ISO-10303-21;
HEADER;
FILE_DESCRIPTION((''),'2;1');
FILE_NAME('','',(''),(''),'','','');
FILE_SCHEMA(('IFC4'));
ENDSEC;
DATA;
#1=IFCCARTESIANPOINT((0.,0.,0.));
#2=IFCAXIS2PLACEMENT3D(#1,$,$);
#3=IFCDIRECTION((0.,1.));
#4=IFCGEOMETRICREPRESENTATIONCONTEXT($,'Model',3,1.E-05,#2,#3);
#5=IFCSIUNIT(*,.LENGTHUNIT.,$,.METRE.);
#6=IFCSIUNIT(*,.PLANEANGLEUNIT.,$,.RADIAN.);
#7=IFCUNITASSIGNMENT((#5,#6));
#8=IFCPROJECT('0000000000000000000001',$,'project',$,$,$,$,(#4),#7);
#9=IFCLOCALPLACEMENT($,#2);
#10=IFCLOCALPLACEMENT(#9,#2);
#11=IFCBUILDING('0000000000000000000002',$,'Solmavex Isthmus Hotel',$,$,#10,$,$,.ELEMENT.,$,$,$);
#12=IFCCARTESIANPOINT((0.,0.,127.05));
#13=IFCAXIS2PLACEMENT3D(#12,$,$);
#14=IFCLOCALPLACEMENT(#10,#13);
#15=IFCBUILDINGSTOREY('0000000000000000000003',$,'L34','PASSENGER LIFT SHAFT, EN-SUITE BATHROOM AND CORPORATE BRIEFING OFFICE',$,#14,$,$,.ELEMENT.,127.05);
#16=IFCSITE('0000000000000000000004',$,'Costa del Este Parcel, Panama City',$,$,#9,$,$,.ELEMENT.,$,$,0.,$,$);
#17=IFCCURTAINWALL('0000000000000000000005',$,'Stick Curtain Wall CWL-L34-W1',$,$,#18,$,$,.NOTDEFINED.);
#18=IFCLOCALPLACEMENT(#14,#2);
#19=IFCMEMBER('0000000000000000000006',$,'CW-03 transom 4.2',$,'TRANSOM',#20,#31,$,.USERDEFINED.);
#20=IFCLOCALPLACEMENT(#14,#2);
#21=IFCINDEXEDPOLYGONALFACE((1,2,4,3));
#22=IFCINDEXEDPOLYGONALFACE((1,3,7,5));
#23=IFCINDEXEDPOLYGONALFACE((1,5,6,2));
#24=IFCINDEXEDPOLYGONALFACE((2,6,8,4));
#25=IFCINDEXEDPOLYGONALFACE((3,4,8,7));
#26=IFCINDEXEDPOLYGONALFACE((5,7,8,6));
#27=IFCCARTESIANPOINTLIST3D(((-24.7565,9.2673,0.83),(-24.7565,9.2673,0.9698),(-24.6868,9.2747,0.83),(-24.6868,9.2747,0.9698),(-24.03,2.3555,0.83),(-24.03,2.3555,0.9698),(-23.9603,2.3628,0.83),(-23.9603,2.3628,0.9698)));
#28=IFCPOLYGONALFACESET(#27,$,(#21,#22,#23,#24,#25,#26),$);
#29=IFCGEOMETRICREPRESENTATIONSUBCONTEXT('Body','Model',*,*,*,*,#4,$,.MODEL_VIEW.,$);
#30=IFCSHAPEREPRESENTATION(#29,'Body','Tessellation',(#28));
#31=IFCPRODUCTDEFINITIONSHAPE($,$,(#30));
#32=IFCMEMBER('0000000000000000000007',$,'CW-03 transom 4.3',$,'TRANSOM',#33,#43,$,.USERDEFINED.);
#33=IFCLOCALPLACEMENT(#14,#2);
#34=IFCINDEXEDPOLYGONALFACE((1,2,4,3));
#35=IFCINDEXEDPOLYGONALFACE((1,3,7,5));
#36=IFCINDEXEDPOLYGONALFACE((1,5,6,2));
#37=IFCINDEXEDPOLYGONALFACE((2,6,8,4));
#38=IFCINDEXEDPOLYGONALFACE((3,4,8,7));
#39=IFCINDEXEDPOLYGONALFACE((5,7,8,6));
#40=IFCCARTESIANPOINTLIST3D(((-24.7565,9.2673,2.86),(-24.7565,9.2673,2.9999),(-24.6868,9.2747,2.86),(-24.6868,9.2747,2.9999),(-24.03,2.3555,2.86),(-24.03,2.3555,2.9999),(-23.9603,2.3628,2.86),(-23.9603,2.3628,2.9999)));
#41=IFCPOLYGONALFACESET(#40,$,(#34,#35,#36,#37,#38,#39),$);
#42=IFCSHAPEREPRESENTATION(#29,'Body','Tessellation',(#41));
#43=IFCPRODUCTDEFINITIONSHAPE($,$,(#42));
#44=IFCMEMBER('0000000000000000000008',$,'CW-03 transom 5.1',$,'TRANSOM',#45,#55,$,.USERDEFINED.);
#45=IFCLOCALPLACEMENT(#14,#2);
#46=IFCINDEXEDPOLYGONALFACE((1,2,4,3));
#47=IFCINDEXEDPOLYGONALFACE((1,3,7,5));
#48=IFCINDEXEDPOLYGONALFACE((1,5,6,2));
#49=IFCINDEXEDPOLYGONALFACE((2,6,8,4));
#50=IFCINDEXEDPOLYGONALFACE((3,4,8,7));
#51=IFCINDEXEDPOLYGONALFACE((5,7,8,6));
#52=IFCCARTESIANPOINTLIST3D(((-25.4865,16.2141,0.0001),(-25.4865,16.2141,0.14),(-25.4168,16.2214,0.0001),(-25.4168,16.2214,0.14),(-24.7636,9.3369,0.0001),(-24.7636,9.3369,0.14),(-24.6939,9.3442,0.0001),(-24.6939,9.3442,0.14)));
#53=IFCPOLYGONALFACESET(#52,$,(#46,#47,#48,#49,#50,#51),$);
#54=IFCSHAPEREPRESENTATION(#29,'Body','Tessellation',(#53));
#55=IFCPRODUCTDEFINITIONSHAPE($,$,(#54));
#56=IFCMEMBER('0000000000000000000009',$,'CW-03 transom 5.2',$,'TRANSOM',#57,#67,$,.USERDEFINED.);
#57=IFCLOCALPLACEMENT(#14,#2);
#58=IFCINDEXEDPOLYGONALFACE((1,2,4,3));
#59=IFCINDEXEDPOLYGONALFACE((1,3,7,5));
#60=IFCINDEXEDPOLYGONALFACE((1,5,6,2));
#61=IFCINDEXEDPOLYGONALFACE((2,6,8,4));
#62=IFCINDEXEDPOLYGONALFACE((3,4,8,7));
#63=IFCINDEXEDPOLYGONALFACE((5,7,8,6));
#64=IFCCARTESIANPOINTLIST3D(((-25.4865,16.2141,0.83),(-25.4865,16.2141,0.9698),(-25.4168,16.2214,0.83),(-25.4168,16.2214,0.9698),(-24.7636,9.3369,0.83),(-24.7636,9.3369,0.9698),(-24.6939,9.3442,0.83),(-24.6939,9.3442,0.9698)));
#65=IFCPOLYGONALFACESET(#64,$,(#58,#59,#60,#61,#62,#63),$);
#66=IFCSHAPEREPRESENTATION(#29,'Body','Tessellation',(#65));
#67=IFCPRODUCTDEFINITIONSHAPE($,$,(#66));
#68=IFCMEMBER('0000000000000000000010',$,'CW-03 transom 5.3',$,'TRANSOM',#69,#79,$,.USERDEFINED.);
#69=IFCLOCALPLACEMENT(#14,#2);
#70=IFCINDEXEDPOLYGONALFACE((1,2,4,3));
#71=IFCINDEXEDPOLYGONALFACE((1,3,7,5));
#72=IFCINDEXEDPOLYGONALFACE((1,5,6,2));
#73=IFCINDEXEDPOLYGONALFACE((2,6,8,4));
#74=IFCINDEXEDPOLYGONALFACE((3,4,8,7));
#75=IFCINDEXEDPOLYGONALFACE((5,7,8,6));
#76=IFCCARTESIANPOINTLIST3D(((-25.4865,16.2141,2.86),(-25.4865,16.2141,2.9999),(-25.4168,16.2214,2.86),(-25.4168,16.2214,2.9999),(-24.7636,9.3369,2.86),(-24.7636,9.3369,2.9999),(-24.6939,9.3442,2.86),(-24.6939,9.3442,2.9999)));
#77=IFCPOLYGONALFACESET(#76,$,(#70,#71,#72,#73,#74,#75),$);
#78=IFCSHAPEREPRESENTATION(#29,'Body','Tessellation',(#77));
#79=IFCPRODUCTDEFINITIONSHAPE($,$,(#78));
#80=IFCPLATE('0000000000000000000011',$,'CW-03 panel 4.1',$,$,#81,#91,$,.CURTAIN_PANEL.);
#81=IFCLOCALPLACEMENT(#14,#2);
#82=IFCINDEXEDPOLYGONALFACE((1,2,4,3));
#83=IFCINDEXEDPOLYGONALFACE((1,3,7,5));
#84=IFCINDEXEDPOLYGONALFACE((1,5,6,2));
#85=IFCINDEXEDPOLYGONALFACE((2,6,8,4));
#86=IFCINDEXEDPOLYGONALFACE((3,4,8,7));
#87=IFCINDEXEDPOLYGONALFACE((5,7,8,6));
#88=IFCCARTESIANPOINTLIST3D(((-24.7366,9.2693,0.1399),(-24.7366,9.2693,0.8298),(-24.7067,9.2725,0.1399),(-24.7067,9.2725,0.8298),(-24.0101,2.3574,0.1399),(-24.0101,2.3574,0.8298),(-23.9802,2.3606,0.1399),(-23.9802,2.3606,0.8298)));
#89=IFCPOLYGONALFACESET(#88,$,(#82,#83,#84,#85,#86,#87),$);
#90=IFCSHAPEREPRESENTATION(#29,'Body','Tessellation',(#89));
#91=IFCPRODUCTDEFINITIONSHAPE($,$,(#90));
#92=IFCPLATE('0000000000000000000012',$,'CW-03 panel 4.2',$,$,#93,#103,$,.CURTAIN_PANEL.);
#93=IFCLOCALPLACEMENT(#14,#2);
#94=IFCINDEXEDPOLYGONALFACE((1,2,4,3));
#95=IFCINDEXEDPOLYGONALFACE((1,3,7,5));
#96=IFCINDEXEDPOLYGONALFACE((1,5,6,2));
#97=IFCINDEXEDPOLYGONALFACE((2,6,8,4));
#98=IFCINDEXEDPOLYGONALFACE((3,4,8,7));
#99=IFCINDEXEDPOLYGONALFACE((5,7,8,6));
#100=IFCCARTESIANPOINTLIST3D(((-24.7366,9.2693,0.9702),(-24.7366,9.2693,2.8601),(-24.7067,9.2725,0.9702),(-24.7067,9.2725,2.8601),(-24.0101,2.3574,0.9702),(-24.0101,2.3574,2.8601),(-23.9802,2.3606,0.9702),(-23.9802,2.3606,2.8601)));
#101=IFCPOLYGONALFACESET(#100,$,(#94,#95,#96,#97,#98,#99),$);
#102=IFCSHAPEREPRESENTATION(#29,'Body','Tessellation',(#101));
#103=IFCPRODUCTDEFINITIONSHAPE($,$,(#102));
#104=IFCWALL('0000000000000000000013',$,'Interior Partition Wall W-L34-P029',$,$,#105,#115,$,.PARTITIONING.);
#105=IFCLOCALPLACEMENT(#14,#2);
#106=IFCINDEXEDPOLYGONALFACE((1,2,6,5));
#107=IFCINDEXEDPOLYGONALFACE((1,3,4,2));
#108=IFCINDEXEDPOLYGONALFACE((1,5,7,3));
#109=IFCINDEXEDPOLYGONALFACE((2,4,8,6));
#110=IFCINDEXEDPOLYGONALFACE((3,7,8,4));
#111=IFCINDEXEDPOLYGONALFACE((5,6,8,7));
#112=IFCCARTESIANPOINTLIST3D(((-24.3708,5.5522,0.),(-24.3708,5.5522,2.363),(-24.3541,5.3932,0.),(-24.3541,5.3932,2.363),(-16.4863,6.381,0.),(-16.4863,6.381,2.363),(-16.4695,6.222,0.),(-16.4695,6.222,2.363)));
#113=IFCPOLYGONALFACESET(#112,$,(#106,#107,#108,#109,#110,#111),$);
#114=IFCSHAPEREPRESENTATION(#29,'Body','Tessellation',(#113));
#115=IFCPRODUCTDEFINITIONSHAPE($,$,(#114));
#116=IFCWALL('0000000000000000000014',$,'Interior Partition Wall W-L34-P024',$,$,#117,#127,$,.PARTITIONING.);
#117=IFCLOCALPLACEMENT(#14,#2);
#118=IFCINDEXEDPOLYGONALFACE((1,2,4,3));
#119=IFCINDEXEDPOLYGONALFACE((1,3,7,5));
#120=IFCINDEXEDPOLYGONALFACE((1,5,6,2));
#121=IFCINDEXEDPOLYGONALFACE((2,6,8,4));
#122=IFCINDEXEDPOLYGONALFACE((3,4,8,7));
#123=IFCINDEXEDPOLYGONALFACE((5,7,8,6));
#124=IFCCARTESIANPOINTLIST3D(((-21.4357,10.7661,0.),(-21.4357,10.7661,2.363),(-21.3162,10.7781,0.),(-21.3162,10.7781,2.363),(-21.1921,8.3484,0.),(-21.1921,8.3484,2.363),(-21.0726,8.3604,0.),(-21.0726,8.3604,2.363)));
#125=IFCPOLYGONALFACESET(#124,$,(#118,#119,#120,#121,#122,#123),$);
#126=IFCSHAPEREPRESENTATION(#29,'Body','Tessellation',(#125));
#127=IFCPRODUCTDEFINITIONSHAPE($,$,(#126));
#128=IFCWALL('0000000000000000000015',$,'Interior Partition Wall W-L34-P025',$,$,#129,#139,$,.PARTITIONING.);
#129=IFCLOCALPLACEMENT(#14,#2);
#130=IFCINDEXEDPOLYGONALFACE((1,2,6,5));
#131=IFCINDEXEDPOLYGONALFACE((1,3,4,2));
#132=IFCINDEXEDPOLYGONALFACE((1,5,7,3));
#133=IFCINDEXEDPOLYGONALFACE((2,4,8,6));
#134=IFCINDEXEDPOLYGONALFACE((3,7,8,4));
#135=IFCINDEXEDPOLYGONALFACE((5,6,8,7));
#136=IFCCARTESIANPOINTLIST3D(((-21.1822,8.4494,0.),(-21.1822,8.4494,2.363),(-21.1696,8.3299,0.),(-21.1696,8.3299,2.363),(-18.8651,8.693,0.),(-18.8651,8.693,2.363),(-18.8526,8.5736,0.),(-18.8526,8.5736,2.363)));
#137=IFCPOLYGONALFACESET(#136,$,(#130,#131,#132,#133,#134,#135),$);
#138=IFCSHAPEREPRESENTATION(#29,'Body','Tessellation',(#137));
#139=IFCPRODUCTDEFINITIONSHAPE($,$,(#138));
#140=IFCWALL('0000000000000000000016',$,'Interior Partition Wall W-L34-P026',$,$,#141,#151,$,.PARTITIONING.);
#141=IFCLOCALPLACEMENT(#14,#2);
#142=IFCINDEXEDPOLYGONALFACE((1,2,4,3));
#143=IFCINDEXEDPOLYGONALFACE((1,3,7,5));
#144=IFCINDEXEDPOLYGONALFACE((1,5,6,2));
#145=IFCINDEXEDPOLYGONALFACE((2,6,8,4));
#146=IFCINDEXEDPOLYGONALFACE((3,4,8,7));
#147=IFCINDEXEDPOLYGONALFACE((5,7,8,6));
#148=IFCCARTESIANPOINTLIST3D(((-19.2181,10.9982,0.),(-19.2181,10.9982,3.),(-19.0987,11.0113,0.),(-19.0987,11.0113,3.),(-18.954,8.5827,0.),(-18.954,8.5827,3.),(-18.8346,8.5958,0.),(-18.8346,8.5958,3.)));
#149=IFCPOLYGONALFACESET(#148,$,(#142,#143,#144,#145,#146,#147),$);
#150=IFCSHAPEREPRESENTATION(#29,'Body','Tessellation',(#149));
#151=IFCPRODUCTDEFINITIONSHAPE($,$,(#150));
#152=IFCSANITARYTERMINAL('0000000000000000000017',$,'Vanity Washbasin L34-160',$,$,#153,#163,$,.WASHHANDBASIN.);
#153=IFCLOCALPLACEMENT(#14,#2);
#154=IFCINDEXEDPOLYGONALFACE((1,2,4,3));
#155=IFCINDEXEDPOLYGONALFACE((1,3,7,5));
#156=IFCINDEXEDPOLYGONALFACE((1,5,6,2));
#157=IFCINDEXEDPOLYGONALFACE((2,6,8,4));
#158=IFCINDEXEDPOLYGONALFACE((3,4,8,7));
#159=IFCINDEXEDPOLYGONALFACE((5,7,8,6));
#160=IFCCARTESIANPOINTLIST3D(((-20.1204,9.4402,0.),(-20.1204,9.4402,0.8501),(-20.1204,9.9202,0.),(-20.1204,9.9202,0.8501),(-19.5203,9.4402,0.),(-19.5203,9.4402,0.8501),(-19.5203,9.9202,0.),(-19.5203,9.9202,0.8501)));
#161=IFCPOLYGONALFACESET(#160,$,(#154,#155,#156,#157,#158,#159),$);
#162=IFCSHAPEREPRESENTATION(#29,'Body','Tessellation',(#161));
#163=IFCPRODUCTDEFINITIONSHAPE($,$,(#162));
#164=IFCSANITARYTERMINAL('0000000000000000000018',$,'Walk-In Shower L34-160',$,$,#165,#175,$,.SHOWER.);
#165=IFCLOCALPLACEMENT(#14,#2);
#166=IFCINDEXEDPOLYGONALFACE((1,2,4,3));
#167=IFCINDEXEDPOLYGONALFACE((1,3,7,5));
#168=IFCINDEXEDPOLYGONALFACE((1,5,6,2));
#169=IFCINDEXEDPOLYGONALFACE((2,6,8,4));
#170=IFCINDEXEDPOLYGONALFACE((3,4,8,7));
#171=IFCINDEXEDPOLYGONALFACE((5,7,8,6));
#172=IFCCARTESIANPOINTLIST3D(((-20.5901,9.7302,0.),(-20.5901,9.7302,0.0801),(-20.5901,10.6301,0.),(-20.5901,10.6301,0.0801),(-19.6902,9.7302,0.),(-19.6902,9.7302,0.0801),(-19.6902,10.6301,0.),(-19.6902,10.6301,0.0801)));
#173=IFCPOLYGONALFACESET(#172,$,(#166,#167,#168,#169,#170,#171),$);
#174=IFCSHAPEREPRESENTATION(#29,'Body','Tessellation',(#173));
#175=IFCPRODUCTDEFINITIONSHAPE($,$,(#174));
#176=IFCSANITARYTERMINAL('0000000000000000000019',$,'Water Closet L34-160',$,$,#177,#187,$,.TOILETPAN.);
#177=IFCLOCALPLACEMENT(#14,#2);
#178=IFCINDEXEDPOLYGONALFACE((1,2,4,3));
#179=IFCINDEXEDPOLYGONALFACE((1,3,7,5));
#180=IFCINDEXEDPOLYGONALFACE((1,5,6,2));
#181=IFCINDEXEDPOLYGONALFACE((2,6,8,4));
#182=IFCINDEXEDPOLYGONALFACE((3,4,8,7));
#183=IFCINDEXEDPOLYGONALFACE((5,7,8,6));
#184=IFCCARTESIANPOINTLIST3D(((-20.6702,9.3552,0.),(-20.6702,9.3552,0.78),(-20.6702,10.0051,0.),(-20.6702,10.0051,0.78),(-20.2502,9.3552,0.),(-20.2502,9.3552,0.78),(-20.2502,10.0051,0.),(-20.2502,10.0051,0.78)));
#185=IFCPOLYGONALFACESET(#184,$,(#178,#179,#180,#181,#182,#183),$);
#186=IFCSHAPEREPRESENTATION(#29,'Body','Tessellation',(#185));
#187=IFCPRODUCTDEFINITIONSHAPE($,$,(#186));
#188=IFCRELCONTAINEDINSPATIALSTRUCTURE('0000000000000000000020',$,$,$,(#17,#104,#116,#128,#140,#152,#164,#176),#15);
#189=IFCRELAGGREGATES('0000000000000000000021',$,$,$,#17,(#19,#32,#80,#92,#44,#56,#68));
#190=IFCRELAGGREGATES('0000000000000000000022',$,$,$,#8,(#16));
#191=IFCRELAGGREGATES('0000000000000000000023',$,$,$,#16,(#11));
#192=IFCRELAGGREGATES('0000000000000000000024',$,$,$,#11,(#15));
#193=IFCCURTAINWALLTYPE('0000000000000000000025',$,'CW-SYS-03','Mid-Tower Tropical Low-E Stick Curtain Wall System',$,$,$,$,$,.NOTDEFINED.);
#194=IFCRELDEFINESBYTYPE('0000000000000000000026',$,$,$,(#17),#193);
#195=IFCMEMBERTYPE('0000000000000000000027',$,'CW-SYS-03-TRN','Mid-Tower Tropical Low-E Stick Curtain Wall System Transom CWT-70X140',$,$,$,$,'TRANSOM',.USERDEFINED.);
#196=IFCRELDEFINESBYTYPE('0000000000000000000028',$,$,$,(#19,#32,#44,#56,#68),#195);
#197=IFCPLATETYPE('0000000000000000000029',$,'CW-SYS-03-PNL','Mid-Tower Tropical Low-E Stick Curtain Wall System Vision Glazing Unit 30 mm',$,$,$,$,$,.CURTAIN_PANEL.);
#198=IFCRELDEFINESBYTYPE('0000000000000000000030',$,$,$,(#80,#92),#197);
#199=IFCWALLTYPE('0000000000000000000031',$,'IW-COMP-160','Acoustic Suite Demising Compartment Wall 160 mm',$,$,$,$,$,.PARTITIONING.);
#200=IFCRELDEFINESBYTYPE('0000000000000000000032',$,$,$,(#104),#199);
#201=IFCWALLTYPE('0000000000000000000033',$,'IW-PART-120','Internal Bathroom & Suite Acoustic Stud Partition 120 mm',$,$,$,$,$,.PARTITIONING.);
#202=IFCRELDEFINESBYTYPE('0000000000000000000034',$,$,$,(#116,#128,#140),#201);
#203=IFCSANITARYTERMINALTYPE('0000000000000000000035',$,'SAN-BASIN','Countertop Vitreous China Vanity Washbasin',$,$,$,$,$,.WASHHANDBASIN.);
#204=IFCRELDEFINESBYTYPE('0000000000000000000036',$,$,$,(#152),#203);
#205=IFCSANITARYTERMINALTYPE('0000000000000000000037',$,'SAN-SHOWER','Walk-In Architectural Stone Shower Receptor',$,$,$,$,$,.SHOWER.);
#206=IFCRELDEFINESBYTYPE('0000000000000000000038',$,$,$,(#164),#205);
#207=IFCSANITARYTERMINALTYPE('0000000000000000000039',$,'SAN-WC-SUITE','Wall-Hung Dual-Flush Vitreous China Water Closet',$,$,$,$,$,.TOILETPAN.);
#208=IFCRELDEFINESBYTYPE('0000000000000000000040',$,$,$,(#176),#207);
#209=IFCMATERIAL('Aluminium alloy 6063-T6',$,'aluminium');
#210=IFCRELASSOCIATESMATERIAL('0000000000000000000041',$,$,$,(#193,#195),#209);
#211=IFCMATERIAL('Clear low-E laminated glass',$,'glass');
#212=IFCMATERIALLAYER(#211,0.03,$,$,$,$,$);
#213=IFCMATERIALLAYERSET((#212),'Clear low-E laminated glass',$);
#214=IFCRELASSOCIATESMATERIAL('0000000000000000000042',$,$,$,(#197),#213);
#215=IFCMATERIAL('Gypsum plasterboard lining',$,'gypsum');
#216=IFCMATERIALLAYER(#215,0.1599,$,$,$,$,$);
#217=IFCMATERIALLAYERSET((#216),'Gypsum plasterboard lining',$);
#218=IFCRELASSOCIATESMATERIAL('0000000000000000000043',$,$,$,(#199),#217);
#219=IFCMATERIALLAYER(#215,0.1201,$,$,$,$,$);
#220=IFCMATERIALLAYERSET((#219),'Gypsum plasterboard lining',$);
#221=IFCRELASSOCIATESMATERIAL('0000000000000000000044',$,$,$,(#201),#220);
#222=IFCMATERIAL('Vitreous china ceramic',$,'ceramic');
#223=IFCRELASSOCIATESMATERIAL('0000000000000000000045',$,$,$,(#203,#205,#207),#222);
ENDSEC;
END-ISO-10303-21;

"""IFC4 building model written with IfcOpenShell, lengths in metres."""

from ifc_helpers import new_model, si_unit, direction, frame, frame_2d, origin, origin_2d, place, context, subcontext, project, spatial, rectangle, extrude, material, layer, layer_set, material_profile, profile_set, type_object, element, aggregate, save


model = new_model("IFC4")

# Units and contexts
model_context = context("Model", 3, precision=1e-05, world=origin(), true_north=direction((0.0, 1.0)))
body_context = subcontext(model_context, "Body", "Model", "MODEL_VIEW")
ifc_project = project(units=[si_unit("LENGTHUNIT", "METRE"), si_unit("PLANEANGLEUNIT", "RADIAN")], contexts=[model_context])

# Site, building, storey
site_placement = place(None, origin())
site = spatial("IfcSite", under=ifc_project, at=site_placement, Name="Costa del Este Parcel, Panama City", CompositionType="ELEMENT", RefElevation=0.0)
building_placement = place(site_placement, origin())
building = spatial("IfcBuilding", under=site, at=building_placement, Name="Solmavex Isthmus Hotel", CompositionType="ELEMENT")
storey_placement = place(building_placement, frame((0.0, 0.0, 127.05)))
storey = spatial("IfcBuildingStorey", under=building, at=storey_placement, Name="L34", Description="PASSENGER LIFT SHAFT, EN-SUITE BATHROOM AND CORPORATE BRIEFING OFFICE", CompositionType="ELEMENT", Elevation=127.05)

# Curtain wall, members, plates
ifc_material_1 = material(Name="Aluminium alloy 6063-T6", Category="aluminium")
curtain_wall_type = type_object("IfcCurtainWallType", Name="CW-SYS-03", Description="Mid-Tower Tropical Low-E Stick Curtain Wall System", PredefinedType="NOTDEFINED", material=ifc_material_1)
curtain_wall_placement = place(storey_placement, origin())
curtain_wall = element("IfcCurtainWall", 1, at=curtain_wall_placement, inside=storey, type_object=curtain_wall_type, Name="Stick Curtain Wall CWL-L34-W1", PredefinedType="NOTDEFINED")
ifc_material_profile_1 = material_profile(ifc_material_1, rectangle(XDim=0.0701, YDim=0.1399, at=origin_2d()), Name="CWT-70X140")
ifc_profile_set_1 = profile_set([ifc_material_profile_1], Name="Aluminium alloy 6063-T6")
member_type_1 = type_object("IfcMemberType", Name="CW-SYS-03-TRN", Description="Mid-Tower Tropical Low-E Stick Curtain Wall System Transom CWT-70X140", ElementType="TRANSOM", PredefinedType="USERDEFINED", material=ifc_profile_set_1)
member_1_placement = place(storey_placement, frame((-23.9951, 2.3591, 0.8999), z_axis=(-0.104542, 0.99452, 0.0), x_axis=(-0.99452, -0.104542, 0.0)))
member_1 = element("IfcMember", 2, at=member_1_placement, type_object=member_type_1, Name="CW-03 transom 4.2", ObjectType="TRANSOM", PredefinedType="USERDEFINED", context=body_context, shape_type="SweptSolid", body=[
    extrude(rectangle(XDim=0.0701, YDim=0.1399, at=origin_2d()), origin(), (0.0, 0.0, 1.0), 6.95),
])
member_2_placement = place(storey_placement, frame((-23.9951, 2.3591, 2.9299), z_axis=(-0.104542, 0.99452, 0.0), x_axis=(-0.99452, -0.104542, 0.0)))
member_2 = element("IfcMember", 3, at=member_2_placement, type_object=member_type_1, Name="CW-03 transom 4.3", ObjectType="TRANSOM", PredefinedType="USERDEFINED", context=body_context, shape_type="SweptSolid", body=[
    extrude(rectangle(XDim=0.0701, YDim=0.1399, at=origin_2d()), origin(), (0.0, 0.0, 1.0), 6.95),
])
member_3_placement = place(storey_placement, frame((-24.7288, 9.3406, 0.0701), z_axis=(-0.10454, 0.994521, 0.0), x_axis=(-0.994521, -0.10454, 0.0)))
member_3 = element("IfcMember", 4, at=member_3_placement, type_object=member_type_1, Name="CW-03 transom 5.1", ObjectType="TRANSOM", PredefinedType="USERDEFINED", context=body_context, shape_type="SweptSolid", body=[
    extrude(rectangle(XDim=0.0701, YDim=0.1399, at=origin_2d()), origin(), (0.0, 0.0, 1.0), 6.915),
])
member_4_placement = place(storey_placement, frame((-24.7288, 9.3406, 0.8999), z_axis=(-0.10454, 0.994521, 0.0), x_axis=(-0.994521, -0.10454, 0.0)))
member_4 = element("IfcMember", 5, at=member_4_placement, type_object=member_type_1, Name="CW-03 transom 5.2", ObjectType="TRANSOM", PredefinedType="USERDEFINED", context=body_context, shape_type="SweptSolid", body=[
    extrude(rectangle(XDim=0.0701, YDim=0.1399, at=origin_2d()), origin(), (0.0, 0.0, 1.0), 6.915),
])
member_5_placement = place(storey_placement, frame((-24.7288, 9.3406, 2.9299), z_axis=(-0.10454, 0.994521, 0.0), x_axis=(-0.994521, -0.10454, 0.0)))
member_5 = element("IfcMember", 6, at=member_5_placement, type_object=member_type_1, Name="CW-03 transom 5.3", ObjectType="TRANSOM", PredefinedType="USERDEFINED", context=body_context, shape_type="SweptSolid", body=[
    extrude(rectangle(XDim=0.0701, YDim=0.1399, at=origin_2d()), origin(), (0.0, 0.0, 1.0), 6.915),
])
ifc_material_2 = material(Name="Clear low-E laminated glass", Category="glass")
ifc_layer_1 = layer(ifc_material_2, 0.03)
ifc_layer_set_1 = layer_set([ifc_layer_1], Name="Clear low-E laminated glass")
plate_type = type_object("IfcPlateType", Name="CW-SYS-03-PNL", Description="Mid-Tower Tropical Low-E Stick Curtain Wall System Vision Glazing Unit 30 mm", PredefinedType="CURTAIN_PANEL", material=ifc_layer_set_1)
plate_1_placement = place(storey_placement, frame((-24.3584, 5.8149, 0.1399), z_axis=(0.0, 0.0, 1.0), x_axis=(-0.104528, 0.994522, 0.0)))
plate_1 = element("IfcPlate", 7, at=plate_1_placement, type_object=plate_type, Name="CW-03 panel 4.1", PredefinedType="CURTAIN_PANEL", context=body_context, shape_type="SweptSolid", body=[
    extrude(rectangle(XDim=6.95, YDim=0.03, at=origin_2d()), origin(), (0.0, 0.0, 1.0), 0.6899),
])
plate_2_placement = place(storey_placement, frame((-24.3584, 5.8149, 0.9702), z_axis=(0.0, 0.0, 1.0), x_axis=(-0.104528, 0.994522, 0.0)))
plate_2 = element("IfcPlate", 8, at=plate_2_placement, type_object=plate_type, Name="CW-03 panel 4.2", PredefinedType="CURTAIN_PANEL", context=body_context, shape_type="SweptSolid", body=[
    extrude(rectangle(XDim=6.95, YDim=0.03, at=origin_2d()), origin(), (0.0, 0.0, 1.0), 1.8899),
])
aggregate(curtain_wall, [member_1, member_2, plate_1, plate_2, member_3, member_4, member_5])

# Shared definitions
ifc_material_3 = material(Name="Gypsum plasterboard lining", Category="gypsum")
ifc_layer_2 = layer(ifc_material_3, 0.1599)
ifc_layer_set_2 = layer_set([ifc_layer_2], Name="Gypsum plasterboard lining")
wall_type_1 = type_object("IfcWallType", Name="IW-COMP-160", Description="Acoustic Suite Demising Compartment Wall 160 mm", PredefinedType="PARTITIONING", material=ifc_layer_set_2)

# Wall
wall_1_placement = place(storey_placement, frame((-16.478, 6.3015, 0.0), z_axis=(0.0, 0.0, 1.0), x_axis=(-0.99452, -0.104549, 0.0)))
element("IfcWall", 9, at=wall_1_placement, inside=storey, type_object=wall_type_1, Name="Interior Partition Wall W-L34-P029", PredefinedType="PARTITIONING", context=body_context, shape_type="SweptSolid", body=[
    extrude(rectangle(XDim=7.928, YDim=0.1599, at=frame_2d((3.9639, 0.0))), origin(), (0.0, 0.0, 1.0), 2.363),
])

# Walls
ifc_layer_3 = layer(ifc_material_3, 0.1201)
ifc_layer_set_3 = layer_set([ifc_layer_3], Name="Gypsum plasterboard lining")
wall_type_2 = type_object("IfcWallType", Name="IW-PART-120", Description="Internal Bathroom & Suite Acoustic Stud Partition 120 mm", PredefinedType="PARTITIONING", material=ifc_layer_set_3)
wall_2_placement = place(storey_placement, frame((-21.376, 10.772, 0.0), z_axis=(0.0, 0.0, 1.0), x_axis=(0.10027, -0.99496, 0.0)))
element("IfcWall", 10, at=wall_2_placement, inside=storey, type_object=wall_type_2, Name="Interior Partition Wall W-L34-P024", PredefinedType="PARTITIONING", context=body_context, shape_type="SweptSolid", body=[
    extrude(rectangle(XDim=2.4299, YDim=0.1201, at=frame_2d((1.2148, 0.0))), origin(), (0.0, 0.0, 1.0), 2.363),
])
wall_3_placement = place(storey_placement, frame((-21.176, 8.3896, 0.0), z_axis=(0.0, 0.0, 1.0), x_axis=(0.994517, 0.104576, 0.0)))
element("IfcWall", 11, at=wall_3_placement, inside=storey, type_object=wall_type_2, Name="Interior Partition Wall W-L34-P025", PredefinedType="PARTITIONING", context=body_context, shape_type="SweptSolid", body=[
    extrude(rectangle(XDim=2.3298, YDim=0.1201, at=frame_2d((1.165, 0.0))), origin(), (0.0, 0.0, 1.0), 2.363),
])
wall_4_placement = place(storey_placement, frame((-18.8943, 8.5894, 0.0), z_axis=(0.0, 0.0, 1.0), x_axis=(-0.108711, 0.994073, 0.0)))
element("IfcWall", 12, at=wall_4_placement, inside=storey, type_object=wall_type_2, Name="Interior Partition Wall W-L34-P026", PredefinedType="PARTITIONING", context=body_context, shape_type="SweptSolid", body=[
    extrude(rectangle(XDim=2.4299, YDim=0.1201, at=frame_2d((1.2148, 0.0))), origin(), (0.0, 0.0, 1.0), 3.0),
])

# Sanitary terminals
ifc_material_4 = material(Name="Vitreous china ceramic", Category="ceramic")
sanitary_terminal_type_1 = type_object("IfcSanitaryTerminalType", Name="SAN-BASIN", Description="Countertop Vitreous China Vanity Washbasin", PredefinedType="WASHHANDBASIN", material=ifc_material_4)
sanitary_terminal_1_placement = place(storey_placement, frame((-19.8203, 9.6802, 0.0), z_axis=(0.0, 0.0, 1.0), x_axis=(1.0, 0.0, 0.0)))
element("IfcSanitaryTerminal", 13, at=sanitary_terminal_1_placement, inside=storey, type_object=sanitary_terminal_type_1, Name="Vanity Washbasin L34-160", PredefinedType="WASHHANDBASIN", context=body_context, shape_type="SweptSolid", body=[
    extrude(rectangle(XDim=0.6001, YDim=0.48, at=origin_2d()), origin(), (0.0, 0.0, 1.0), 0.8501),
])
sanitary_terminal_type_2 = type_object("IfcSanitaryTerminalType", Name="SAN-SHOWER", Description="Walk-In Architectural Stone Shower Receptor", PredefinedType="SHOWER", material=ifc_material_4)
sanitary_terminal_2_placement = place(storey_placement, frame((-20.1401, 10.1802, 0.0), z_axis=(0.0, 0.0, 1.0), x_axis=(1.0, 0.0, 0.0)))
element("IfcSanitaryTerminal", 14, at=sanitary_terminal_2_placement, inside=storey, type_object=sanitary_terminal_type_2, Name="Walk-In Shower L34-160", PredefinedType="SHOWER", context=body_context, shape_type="SweptSolid", body=[
    extrude(rectangle(XDim=0.8999, YDim=0.8999, at=origin_2d()), origin(), (0.0, 0.0, 1.0), 0.0801),
])
sanitary_terminal_type_3 = type_object("IfcSanitaryTerminalType", Name="SAN-WC-SUITE", Description="Wall-Hung Dual-Flush Vitreous China Water Closet", PredefinedType="TOILETPAN", material=ifc_material_4)
sanitary_terminal_3_placement = place(storey_placement, frame((-20.4602, 9.6802, 0.0), z_axis=(0.0, 0.0, 1.0), x_axis=(1.0, 0.0, 0.0)))
element("IfcSanitaryTerminal", 15, at=sanitary_terminal_3_placement, inside=storey, type_object=sanitary_terminal_type_3, Name="Water Closet L34-160", PredefinedType="TOILETPAN", context=body_context, shape_type="SweptSolid", body=[
    extrude(rectangle(XDim=0.4199, YDim=0.6499, at=origin_2d()), origin(), (0.0, 0.0, 1.0), 0.78),
])

save(model, "model.ifc")
